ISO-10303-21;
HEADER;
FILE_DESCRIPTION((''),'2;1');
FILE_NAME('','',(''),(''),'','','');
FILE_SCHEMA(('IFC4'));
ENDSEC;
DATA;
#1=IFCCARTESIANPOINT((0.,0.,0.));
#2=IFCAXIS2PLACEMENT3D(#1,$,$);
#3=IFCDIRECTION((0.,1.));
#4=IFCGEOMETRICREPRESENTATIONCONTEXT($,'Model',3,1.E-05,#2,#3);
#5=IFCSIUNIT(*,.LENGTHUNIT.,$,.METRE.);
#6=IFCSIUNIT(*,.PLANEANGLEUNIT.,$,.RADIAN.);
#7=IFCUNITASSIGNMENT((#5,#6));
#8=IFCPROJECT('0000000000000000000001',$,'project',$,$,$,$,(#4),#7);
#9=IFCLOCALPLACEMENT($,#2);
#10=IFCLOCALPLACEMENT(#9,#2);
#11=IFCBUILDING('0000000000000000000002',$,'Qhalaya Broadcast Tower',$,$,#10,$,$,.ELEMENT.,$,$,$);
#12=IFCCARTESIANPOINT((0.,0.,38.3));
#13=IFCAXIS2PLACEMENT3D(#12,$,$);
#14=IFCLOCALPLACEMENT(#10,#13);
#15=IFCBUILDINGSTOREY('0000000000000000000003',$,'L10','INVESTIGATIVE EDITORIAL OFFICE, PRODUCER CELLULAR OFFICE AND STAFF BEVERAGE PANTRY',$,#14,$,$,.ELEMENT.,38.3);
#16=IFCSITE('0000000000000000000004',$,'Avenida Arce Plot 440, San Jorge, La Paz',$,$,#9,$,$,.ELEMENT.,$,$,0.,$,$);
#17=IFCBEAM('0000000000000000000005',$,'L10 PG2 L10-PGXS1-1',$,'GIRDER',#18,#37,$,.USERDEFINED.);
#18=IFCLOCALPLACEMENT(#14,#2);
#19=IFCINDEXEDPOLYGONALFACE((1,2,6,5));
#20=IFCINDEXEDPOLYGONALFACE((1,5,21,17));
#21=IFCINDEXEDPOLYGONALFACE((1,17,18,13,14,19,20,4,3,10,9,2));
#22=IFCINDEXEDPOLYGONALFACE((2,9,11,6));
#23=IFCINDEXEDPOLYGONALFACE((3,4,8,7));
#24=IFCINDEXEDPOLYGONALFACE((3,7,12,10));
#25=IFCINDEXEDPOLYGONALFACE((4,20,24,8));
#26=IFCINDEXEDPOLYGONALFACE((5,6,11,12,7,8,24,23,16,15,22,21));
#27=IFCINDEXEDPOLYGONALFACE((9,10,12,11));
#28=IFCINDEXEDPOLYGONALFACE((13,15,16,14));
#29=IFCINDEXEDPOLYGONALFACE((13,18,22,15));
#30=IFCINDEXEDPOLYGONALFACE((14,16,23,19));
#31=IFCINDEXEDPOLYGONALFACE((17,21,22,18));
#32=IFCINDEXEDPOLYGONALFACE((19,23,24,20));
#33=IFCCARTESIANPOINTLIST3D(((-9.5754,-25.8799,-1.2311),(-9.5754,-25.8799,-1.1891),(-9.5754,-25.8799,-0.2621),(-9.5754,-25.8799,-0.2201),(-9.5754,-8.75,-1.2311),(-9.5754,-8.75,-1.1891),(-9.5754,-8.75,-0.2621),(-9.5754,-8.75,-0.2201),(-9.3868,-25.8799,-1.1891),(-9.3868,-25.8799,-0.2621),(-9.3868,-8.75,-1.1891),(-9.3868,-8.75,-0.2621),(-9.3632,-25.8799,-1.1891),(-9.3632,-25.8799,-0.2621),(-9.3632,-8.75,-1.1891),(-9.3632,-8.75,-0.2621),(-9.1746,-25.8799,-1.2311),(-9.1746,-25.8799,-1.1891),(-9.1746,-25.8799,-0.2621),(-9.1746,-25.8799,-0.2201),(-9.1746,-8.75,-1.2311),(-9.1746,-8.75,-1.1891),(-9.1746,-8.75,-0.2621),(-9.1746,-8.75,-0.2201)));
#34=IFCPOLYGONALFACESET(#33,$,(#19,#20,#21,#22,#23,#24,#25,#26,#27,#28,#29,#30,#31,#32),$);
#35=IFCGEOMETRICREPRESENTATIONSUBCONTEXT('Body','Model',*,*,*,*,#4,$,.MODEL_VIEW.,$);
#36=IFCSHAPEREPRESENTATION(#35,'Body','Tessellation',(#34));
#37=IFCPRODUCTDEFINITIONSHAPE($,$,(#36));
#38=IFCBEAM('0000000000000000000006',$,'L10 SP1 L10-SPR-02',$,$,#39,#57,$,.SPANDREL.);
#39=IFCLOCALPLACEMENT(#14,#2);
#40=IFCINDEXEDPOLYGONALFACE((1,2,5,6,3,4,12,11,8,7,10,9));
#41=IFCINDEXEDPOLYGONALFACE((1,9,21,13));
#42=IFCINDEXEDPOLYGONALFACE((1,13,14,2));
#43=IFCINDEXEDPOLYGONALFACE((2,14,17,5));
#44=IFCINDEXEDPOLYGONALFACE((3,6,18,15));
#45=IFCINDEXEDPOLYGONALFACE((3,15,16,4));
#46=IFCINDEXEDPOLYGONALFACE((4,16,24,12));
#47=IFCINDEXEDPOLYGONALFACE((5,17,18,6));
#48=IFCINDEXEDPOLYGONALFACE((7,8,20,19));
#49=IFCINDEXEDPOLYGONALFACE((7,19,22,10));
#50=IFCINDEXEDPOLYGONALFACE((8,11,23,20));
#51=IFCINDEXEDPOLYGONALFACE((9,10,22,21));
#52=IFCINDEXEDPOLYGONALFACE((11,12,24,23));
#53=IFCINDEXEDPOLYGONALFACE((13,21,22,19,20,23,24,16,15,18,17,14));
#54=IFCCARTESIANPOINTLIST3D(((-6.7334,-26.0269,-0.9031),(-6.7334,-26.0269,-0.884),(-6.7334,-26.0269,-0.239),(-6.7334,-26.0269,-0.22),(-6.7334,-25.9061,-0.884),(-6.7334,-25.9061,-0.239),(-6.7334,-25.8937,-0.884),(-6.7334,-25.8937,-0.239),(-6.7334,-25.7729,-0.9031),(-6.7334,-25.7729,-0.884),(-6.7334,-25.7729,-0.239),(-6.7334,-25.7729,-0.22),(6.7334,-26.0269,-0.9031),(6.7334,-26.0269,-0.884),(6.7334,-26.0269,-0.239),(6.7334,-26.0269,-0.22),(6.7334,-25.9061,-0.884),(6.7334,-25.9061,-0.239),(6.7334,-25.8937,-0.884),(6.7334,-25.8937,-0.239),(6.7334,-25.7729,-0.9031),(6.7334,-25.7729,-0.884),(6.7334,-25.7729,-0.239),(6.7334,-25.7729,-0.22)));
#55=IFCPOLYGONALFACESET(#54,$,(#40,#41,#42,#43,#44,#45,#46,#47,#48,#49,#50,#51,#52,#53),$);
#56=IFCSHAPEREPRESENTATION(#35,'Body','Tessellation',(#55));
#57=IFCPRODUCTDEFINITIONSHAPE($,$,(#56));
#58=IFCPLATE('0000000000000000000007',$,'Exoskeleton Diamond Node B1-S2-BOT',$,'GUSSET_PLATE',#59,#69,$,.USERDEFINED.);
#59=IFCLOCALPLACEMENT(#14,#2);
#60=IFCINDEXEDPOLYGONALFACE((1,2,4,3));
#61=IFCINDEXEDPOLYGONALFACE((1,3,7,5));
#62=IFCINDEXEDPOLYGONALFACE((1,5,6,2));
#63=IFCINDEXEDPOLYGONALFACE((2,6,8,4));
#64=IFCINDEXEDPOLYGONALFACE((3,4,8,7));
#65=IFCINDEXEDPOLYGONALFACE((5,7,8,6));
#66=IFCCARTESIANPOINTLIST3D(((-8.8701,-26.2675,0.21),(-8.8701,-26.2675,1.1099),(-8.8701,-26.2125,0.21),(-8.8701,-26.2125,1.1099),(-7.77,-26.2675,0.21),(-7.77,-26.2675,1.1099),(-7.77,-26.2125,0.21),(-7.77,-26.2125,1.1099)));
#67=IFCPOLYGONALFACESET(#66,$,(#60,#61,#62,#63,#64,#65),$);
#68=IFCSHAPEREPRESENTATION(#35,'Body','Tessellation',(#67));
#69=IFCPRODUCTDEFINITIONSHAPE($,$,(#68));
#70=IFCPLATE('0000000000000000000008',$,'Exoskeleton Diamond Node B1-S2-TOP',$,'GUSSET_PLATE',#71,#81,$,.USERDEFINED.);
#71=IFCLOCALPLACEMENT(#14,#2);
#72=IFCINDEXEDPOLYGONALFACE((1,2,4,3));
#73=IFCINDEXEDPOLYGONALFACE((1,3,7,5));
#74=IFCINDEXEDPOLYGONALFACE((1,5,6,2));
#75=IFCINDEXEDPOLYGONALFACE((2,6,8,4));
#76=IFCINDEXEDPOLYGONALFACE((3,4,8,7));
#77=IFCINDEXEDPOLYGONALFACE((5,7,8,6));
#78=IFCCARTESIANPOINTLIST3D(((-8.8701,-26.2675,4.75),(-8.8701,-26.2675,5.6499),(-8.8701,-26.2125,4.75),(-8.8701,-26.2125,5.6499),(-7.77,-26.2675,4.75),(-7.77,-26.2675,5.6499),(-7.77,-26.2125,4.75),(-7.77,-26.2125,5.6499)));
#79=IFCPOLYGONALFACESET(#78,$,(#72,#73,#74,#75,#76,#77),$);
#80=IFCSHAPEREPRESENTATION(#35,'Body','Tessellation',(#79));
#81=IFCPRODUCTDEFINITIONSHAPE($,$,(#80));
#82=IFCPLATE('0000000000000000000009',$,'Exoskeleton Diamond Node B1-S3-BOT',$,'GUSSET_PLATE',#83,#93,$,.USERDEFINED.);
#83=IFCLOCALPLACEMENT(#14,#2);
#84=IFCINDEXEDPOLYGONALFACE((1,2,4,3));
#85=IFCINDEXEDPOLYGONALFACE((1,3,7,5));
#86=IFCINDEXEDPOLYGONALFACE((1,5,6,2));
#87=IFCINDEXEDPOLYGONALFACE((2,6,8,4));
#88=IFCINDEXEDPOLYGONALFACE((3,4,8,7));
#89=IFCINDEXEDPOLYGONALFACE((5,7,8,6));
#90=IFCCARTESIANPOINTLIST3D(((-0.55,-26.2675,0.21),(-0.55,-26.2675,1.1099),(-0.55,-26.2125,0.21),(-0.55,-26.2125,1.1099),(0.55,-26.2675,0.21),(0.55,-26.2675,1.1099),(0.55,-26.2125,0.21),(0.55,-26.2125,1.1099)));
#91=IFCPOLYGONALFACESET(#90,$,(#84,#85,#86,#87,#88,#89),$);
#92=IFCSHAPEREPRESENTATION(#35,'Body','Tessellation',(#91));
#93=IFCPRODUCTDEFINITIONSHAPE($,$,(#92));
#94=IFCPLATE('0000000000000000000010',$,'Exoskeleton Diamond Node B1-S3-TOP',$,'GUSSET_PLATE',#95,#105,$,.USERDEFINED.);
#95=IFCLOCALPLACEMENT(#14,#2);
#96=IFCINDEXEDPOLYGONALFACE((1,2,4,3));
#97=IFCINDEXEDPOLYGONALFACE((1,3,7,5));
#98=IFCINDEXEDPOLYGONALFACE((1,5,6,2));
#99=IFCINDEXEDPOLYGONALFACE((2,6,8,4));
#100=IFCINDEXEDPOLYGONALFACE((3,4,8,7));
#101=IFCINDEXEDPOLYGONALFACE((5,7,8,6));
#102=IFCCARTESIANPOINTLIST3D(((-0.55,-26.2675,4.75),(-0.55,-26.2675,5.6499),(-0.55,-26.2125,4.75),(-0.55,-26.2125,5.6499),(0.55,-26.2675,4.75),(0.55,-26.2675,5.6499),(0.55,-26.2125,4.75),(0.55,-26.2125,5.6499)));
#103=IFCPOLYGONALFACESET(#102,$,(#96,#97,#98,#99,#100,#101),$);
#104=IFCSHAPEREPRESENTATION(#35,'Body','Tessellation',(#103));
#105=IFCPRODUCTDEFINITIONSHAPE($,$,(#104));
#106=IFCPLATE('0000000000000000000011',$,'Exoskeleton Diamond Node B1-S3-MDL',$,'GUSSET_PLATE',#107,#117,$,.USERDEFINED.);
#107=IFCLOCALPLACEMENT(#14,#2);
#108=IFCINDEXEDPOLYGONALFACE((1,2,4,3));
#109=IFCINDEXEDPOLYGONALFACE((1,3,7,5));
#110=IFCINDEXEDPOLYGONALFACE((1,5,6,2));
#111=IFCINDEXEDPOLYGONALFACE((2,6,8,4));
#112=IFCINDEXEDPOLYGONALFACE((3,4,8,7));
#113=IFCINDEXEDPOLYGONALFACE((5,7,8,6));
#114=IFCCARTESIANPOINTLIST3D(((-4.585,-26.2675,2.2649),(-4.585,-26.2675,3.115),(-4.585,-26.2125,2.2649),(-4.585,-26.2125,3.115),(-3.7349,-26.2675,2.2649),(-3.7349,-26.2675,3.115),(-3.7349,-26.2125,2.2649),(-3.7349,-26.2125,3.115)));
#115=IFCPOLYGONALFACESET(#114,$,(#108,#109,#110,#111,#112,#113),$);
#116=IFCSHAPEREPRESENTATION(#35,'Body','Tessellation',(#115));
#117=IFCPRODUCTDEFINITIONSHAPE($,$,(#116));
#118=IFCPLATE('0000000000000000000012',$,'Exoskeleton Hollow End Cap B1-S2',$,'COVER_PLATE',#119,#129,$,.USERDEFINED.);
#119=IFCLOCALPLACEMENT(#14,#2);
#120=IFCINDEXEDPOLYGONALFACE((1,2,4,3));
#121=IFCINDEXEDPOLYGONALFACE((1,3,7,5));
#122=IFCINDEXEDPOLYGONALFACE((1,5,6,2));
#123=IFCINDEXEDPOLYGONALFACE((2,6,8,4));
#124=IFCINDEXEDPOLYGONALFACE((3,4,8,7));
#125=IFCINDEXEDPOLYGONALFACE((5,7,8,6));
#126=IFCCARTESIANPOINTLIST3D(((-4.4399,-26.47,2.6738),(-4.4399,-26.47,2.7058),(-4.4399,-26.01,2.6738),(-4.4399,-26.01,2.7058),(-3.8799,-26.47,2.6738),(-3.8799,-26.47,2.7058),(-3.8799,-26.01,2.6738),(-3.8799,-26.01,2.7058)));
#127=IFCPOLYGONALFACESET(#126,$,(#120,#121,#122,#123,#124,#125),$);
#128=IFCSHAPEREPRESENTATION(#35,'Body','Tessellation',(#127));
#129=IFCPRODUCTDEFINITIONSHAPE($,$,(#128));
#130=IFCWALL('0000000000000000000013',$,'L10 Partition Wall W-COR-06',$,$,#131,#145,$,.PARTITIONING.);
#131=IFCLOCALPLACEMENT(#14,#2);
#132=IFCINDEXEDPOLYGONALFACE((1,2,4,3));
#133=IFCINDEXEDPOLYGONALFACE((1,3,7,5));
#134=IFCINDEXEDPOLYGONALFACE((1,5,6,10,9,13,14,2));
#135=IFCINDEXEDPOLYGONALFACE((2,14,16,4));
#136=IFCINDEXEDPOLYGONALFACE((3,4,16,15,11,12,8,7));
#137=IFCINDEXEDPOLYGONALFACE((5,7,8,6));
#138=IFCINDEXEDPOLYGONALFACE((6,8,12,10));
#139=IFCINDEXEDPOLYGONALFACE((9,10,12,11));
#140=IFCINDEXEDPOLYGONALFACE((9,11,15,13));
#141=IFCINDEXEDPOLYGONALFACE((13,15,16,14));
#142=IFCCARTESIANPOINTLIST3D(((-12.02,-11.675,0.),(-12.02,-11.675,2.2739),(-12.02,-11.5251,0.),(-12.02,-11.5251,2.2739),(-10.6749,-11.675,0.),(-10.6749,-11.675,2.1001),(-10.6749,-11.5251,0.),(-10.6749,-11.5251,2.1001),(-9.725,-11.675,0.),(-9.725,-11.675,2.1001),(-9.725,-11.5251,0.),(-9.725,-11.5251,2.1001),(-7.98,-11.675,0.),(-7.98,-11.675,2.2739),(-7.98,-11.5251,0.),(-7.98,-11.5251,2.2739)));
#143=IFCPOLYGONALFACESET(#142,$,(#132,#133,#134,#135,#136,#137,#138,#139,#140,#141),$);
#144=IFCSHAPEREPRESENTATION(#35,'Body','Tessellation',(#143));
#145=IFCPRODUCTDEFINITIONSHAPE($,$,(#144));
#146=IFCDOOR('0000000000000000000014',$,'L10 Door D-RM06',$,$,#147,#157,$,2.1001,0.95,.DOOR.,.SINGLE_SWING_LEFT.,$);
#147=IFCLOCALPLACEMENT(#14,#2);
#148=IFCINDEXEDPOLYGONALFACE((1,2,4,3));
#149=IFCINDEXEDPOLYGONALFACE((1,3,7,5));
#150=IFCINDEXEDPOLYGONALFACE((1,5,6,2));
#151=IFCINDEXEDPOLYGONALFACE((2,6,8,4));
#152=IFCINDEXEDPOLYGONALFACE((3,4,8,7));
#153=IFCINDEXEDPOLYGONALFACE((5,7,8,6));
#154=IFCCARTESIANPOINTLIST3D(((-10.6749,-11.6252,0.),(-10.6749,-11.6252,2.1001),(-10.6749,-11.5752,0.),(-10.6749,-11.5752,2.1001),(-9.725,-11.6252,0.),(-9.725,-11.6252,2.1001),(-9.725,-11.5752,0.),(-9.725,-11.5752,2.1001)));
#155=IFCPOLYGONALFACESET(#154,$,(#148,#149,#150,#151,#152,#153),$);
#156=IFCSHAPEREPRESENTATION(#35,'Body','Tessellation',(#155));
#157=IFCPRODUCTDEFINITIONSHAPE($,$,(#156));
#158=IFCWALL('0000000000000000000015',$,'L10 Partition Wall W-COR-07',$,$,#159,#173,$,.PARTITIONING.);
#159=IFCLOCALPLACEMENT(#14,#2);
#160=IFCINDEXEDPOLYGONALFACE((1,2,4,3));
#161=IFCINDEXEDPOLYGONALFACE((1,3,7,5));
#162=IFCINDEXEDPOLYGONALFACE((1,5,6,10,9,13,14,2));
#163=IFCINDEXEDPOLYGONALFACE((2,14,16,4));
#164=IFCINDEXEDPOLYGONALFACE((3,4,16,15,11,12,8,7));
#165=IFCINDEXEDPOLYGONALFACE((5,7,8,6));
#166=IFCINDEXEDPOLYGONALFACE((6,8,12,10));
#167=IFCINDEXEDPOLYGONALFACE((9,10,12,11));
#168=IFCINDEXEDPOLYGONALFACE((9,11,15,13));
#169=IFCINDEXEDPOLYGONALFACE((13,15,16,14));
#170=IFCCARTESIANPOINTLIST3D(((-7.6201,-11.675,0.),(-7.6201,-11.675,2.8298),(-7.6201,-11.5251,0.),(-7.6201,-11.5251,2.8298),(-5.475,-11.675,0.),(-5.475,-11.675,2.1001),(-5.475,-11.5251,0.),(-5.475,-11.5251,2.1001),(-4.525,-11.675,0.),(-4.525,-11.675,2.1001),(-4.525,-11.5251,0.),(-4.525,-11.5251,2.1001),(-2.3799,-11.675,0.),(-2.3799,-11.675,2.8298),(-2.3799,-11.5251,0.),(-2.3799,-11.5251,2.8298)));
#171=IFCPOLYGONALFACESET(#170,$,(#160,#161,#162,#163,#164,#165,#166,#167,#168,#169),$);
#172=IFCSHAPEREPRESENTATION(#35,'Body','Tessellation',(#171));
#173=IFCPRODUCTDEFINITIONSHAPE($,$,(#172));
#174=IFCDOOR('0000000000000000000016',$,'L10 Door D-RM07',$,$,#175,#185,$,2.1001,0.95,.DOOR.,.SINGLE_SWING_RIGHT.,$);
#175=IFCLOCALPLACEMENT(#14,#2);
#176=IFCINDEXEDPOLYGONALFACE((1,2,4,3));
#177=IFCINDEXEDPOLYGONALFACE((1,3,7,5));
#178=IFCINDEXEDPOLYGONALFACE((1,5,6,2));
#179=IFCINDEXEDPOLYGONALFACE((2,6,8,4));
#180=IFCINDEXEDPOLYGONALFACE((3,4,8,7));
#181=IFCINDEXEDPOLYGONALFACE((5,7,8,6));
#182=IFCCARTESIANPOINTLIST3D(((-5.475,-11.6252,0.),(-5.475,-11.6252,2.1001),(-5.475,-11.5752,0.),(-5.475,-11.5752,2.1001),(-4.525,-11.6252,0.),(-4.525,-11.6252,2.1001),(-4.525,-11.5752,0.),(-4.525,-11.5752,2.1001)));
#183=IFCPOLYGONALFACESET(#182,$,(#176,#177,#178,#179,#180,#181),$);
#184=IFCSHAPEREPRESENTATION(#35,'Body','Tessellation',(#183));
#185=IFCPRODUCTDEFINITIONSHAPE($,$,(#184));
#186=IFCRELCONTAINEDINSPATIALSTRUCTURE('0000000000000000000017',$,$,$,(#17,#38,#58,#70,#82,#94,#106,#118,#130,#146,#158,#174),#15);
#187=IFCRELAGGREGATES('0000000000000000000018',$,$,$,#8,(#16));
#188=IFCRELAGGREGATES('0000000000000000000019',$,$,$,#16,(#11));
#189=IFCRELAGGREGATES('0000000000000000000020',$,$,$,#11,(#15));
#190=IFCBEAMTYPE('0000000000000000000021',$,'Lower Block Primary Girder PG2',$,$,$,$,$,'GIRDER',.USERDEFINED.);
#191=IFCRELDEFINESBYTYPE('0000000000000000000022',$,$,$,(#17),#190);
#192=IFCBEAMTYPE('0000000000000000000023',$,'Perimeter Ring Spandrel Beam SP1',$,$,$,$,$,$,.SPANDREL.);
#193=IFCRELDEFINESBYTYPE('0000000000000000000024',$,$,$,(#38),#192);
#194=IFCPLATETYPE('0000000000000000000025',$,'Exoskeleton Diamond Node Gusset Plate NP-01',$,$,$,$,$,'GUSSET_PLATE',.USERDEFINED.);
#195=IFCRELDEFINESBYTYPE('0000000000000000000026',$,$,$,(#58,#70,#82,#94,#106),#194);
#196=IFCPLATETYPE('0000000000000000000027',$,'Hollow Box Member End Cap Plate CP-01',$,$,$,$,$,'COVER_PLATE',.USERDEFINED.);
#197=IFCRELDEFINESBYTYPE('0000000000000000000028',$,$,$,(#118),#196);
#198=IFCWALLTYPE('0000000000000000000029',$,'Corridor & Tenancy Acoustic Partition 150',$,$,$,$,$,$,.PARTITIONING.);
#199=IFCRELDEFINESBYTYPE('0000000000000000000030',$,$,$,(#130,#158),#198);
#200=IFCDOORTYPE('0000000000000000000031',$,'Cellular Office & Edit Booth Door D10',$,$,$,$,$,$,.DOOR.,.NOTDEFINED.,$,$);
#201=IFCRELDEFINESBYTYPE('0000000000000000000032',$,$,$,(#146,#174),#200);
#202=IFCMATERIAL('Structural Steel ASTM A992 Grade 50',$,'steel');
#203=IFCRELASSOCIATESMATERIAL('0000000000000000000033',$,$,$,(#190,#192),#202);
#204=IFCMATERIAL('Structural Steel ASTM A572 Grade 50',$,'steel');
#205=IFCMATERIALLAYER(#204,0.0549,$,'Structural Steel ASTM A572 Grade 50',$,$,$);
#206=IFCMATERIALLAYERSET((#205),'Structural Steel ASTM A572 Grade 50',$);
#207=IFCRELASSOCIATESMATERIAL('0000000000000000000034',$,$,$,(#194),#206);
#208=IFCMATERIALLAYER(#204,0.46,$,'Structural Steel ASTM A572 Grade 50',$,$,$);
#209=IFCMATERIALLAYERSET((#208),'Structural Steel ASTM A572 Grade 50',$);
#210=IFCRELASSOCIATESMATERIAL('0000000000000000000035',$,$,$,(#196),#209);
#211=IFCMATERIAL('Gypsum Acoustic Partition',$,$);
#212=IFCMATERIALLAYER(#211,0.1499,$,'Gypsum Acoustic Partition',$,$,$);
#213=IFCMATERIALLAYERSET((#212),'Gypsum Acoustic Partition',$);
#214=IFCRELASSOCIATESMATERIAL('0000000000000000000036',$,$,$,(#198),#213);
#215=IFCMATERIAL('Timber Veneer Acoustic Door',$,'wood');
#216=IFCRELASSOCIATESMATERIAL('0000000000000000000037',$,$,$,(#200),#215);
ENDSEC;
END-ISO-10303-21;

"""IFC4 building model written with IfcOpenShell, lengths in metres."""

from ifc_helpers import new_model, si_unit, direction, frame, frame_2d, origin, origin_2d, place, context, subcontext, project, spatial, rectangle, i_section, extrude, material, layer, layer_set, material_profile, profile_set, type_object, element, fill, save


model = new_model("IFC4")

# Units and contexts
model_context = context("Model", 3, precision=1e-05, world=origin(), true_north=direction((0.0, 1.0)))
body_context = subcontext(model_context, "Body", "Model", "MODEL_VIEW")
ifc_project = project(units=[si_unit("LENGTHUNIT", "METRE"), si_unit("PLANEANGLEUNIT", "RADIAN")], contexts=[model_context])

# Site, building, storey
site_placement = place(None, origin())
site = spatial("IfcSite", under=ifc_project, at=site_placement, Name="Avenida Arce Plot 440, San Jorge, La Paz", CompositionType="ELEMENT", RefElevation=0.0)
building_placement = place(site_placement, origin())
building = spatial("IfcBuilding", under=site, at=building_placement, Name="Qhalaya Broadcast Tower", CompositionType="ELEMENT")
storey_placement = place(building_placement, frame((0.0, 0.0, 38.3)))
storey = spatial("IfcBuildingStorey", under=building, at=storey_placement, Name="L10", Description="INVESTIGATIVE EDITORIAL OFFICE, PRODUCER CELLULAR OFFICE AND STAFF BEVERAGE PANTRY", CompositionType="ELEMENT", Elevation=38.3)

# Shared definitions
ifc_material_1 = material(Name="Structural Steel ASTM A572 Grade 50", Category="steel")

# Shared definitions
ifc_material_2 = material(Name="Structural Steel ASTM A992 Grade 50", Category="steel")

# Beams
ifc_material_profile_1 = material_profile(ifc_material_2, i_section(OverallWidth=0.4009, OverallDepth=1.011, WebThickness=0.0237, FlangeThickness=0.042, at=origin_2d()), Name="W40X297")
ifc_profile_set_1 = profile_set([ifc_material_profile_1], Name="Structural Steel ASTM A992 Grade 50")
beam_type_1 = type_object("IfcBeamType", Name="Lower Block Primary Girder PG2", ElementType="GIRDER", PredefinedType="USERDEFINED", material=ifc_profile_set_1)
beam_1_placement = place(storey_placement, frame((-9.375, -25.8799, -0.7256), z_axis=(0.0, 1.0, 0.0), x_axis=(-1.0, 0.0, 0.0)))
element("IfcBeam", 1, at=beam_1_placement, inside=storey, type_object=beam_type_1, Name="L10 PG2 L10-PGXS1-1", ObjectType="GIRDER", PredefinedType="USERDEFINED", context=body_context, shape_type="SweptSolid", body=[
    extrude(i_section(OverallWidth=0.4009, OverallDepth=1.011, WebThickness=0.0237, FlangeThickness=0.042, at=origin_2d()), origin(), (0.0, 0.0, 1.0), 17.1299),
])
ifc_material_profile_2 = material_profile(ifc_material_2, i_section(OverallWidth=0.2539, OverallDepth=0.6831, WebThickness=0.0125, FlangeThickness=0.019, at=origin_2d()), Name="W27X94")
ifc_profile_set_2 = profile_set([ifc_material_profile_2], Name="Structural Steel ASTM A992 Grade 50")
beam_type_2 = type_object("IfcBeamType", Name="Perimeter Ring Spandrel Beam SP1", PredefinedType="SPANDREL", material=ifc_profile_set_2)
beam_2_placement = place(storey_placement, frame((-6.7334, -25.8999, -0.5615), z_axis=(1.0, 0.0, 0.0), x_axis=(0.0, 1.0, 0.0)))
element("IfcBeam", 2, at=beam_2_placement, inside=storey, type_object=beam_type_2, Name="L10 SP1 L10-SPR-02", PredefinedType="SPANDREL", context=body_context, shape_type="SweptSolid", body=[
    extrude(i_section(OverallWidth=0.2539, OverallDepth=0.6831, WebThickness=0.0125, FlangeThickness=0.019, at=origin_2d()), origin(), (0.0, 0.0, 1.0), 13.4668),
])

# Plates
ifc_layer_1 = layer(ifc_material_1, 0.0549, Name="Structural Steel ASTM A572 Grade 50")
ifc_layer_set_1 = layer_set([ifc_layer_1], Name="Structural Steel ASTM A572 Grade 50")
plate_type_1 = type_object("IfcPlateType", Name="Exoskeleton Diamond Node Gusset Plate NP-01", ElementType="GUSSET_PLATE", PredefinedType="USERDEFINED", material=ifc_layer_set_1)
for number, where, z_axis, x_axis, name in (
    (3, (-8.3201, -26.24, 0.21), (0.0, 0.0, 1.0), (1.0, 0.0, 0.0), "Exoskeleton Diamond Node B1-S2-BOT"),
    (4, (-8.3201, -26.24, 4.75), (0.0, 0.0, 1.0), (1.0, 0.0, 0.0), "Exoskeleton Diamond Node B1-S2-TOP"),
    (5, (0.0, -26.24, 0.21), (0.0, 0.0, 1.0), (1.0, 0.0, 0.0), "Exoskeleton Diamond Node B1-S3-BOT"),
    (6, (0.0, -26.24, 4.75), (0.0, 0.0, 1.0), (1.0, 0.0, 0.0), "Exoskeleton Diamond Node B1-S3-TOP"),
):
    element("IfcPlate", number, at=place(storey_placement, frame(where, z_axis=z_axis, x_axis=x_axis)), inside=storey, type_object=plate_type_1, Name=name, ObjectType="GUSSET_PLATE", PredefinedType="USERDEFINED", context=body_context, shape_type="SweptSolid", body=[
        extrude(rectangle(XDim=1.1001, YDim=0.0549, at=origin_2d()), origin(), (0.0, 0.0, 1.0), 0.8999),
    ])
plate_1_placement = place(storey_placement, frame((-4.1599, -26.24, 2.2649), z_axis=(0.0, 0.0, 1.0), x_axis=(1.0, 0.0, 0.0)))
element("IfcPlate", 7, at=plate_1_placement, inside=storey, type_object=plate_type_1, Name="Exoskeleton Diamond Node B1-S3-MDL", ObjectType="GUSSET_PLATE", PredefinedType="USERDEFINED", context=body_context, shape_type="SweptSolid", body=[
    extrude(rectangle(XDim=0.8501, YDim=0.0549, at=origin_2d()), origin(), (0.0, 0.0, 1.0), 0.8501),
])
ifc_layer_2 = layer(ifc_material_1, 0.46, Name="Structural Steel ASTM A572 Grade 50")
ifc_layer_set_2 = layer_set([ifc_layer_2], Name="Structural Steel ASTM A572 Grade 50")
plate_type_2 = type_object("IfcPlateType", Name="Hollow Box Member End Cap Plate CP-01", ElementType="COVER_PLATE", PredefinedType="USERDEFINED", material=ifc_layer_set_2)
plate_2_placement = place(storey_placement, frame((-4.1599, -26.24, 2.6738), z_axis=(0.0, 0.0, 1.0), x_axis=(1.0, 0.0, 0.0)))
element("IfcPlate", 8, at=plate_2_placement, inside=storey, type_object=plate_type_2, Name="Exoskeleton Hollow End Cap B1-S2", ObjectType="COVER_PLATE", PredefinedType="USERDEFINED", context=body_context, shape_type="SweptSolid", body=[
    extrude(rectangle(XDim=0.5601, YDim=0.46, at=origin_2d()), origin(), (0.0, 0.0, 1.0), 0.032),
])

# Walls, openings, doors
ifc_material_3 = material(Name="Gypsum Acoustic Partition")
ifc_layer_3 = layer(ifc_material_3, 0.1499, Name="Gypsum Acoustic Partition")
ifc_layer_set_3 = layer_set([ifc_layer_3], Name="Gypsum Acoustic Partition")
wall_type_1 = type_object("IfcWallType", Name="Corridor & Tenancy Acoustic Partition 150", PredefinedType="PARTITIONING", material=ifc_layer_set_3)
wall_1_placement = place(storey_placement, frame((-12.02, -11.6001, 0.0), z_axis=(0.0, 0.0, 1.0), x_axis=(1.0, 0.0, 0.0)))
wall_1 = element("IfcWall", 9, at=wall_1_placement, inside=storey, type_object=wall_type_1, Name="L10 Partition Wall W-COR-06", PredefinedType="PARTITIONING", context=body_context, shape_type="SweptSolid", body=[
    extrude(rectangle(XDim=4.04, YDim=0.1499, at=frame_2d((2.02, 0.0))), origin(), (0.0, 0.0, 1.0), 2.2739),
])
opening_1_placement = place(wall_1_placement, frame((1.345, 0.0, 0.0)))
opening_1 = element("IfcOpeningElement", 10, at=opening_1_placement, cuts=wall_1, PredefinedType="OPENING", context=body_context, shape_type="SweptSolid", body=[
    extrude(rectangle(XDim=0.95, YDim=2.1001, at=frame_2d((0.4751, 1.05))), frame((0.0, 0.0869, 0.0), z_axis=(0.0, -1.0, 0.0), x_axis=(1.0, 0.0, 0.0)), (0.0, 0.0, 1.0), 0.1738),
])
ifc_material_4 = material(Name="Timber Veneer Acoustic Door", Category="wood")
door_type = type_object("IfcDoorType", Name="Cellular Office & Edit Booth Door D10", OperationType="NOTDEFINED", PredefinedType="DOOR", material=ifc_material_4)
door_1_placement = place(opening_1_placement, origin())
door_1 = element("IfcDoor", 11, at=door_1_placement, inside=storey, type_object=door_type, Name="L10 Door D-RM06", OperationType="SINGLE_SWING_LEFT", OverallHeight=2.1001, OverallWidth=0.95, PredefinedType="DOOR", context=body_context, shape_type="SweptSolid", body=[
    extrude(rectangle(XDim=0.95, YDim=2.1001, at=frame_2d((0.4751, 1.05))), frame((0.0, 0.0249, 0.0), z_axis=(0.0, -1.0, 0.0), x_axis=(1.0, 0.0, 0.0)), (0.0, 0.0, 1.0), 0.05),
])
fill(opening_1, door_1)
wall_2_placement = place(storey_placement, frame((-7.6201, -11.6001, 0.0), z_axis=(0.0, 0.0, 1.0), x_axis=(1.0, 0.0, 0.0)))
wall_2 = element("IfcWall", 12, at=wall_2_placement, inside=storey, type_object=wall_type_1, Name="L10 Partition Wall W-COR-07", PredefinedType="PARTITIONING", context=body_context, shape_type="SweptSolid", body=[
    extrude(rectangle(XDim=5.2402, YDim=0.1499, at=frame_2d((2.6201, 0.0))), origin(), (0.0, 0.0, 1.0), 2.8298),
])
opening_2_placement = place(wall_2_placement, frame((2.145, 0.0, 0.0)))
opening_2 = element("IfcOpeningElement", 13, at=opening_2_placement, cuts=wall_2, PredefinedType="OPENING", context=body_context, shape_type="SweptSolid", body=[
    extrude(rectangle(XDim=0.95, YDim=2.1001, at=frame_2d((0.4751, 1.05))), frame((0.0, 0.0869, 0.0), z_axis=(0.0, -1.0, 0.0), x_axis=(1.0, 0.0, 0.0)), (0.0, 0.0, 1.0), 0.1738),
])
door_2_placement = place(opening_2_placement, origin())
door_2 = element("IfcDoor", 14, at=door_2_placement, inside=storey, type_object=door_type, Name="L10 Door D-RM07", OperationType="SINGLE_SWING_RIGHT", OverallHeight=2.1001, OverallWidth=0.95, PredefinedType="DOOR", context=body_context, shape_type="SweptSolid", body=[
    extrude(rectangle(XDim=0.95, YDim=2.1001, at=frame_2d((0.4751, 1.05))), frame((0.0, 0.0249, 0.0), z_axis=(0.0, -1.0, 0.0), x_axis=(1.0, 0.0, 0.0)), (0.0, 0.0, 1.0), 0.05),
])
fill(opening_2, door_2)

save(model, "model.ifc")
